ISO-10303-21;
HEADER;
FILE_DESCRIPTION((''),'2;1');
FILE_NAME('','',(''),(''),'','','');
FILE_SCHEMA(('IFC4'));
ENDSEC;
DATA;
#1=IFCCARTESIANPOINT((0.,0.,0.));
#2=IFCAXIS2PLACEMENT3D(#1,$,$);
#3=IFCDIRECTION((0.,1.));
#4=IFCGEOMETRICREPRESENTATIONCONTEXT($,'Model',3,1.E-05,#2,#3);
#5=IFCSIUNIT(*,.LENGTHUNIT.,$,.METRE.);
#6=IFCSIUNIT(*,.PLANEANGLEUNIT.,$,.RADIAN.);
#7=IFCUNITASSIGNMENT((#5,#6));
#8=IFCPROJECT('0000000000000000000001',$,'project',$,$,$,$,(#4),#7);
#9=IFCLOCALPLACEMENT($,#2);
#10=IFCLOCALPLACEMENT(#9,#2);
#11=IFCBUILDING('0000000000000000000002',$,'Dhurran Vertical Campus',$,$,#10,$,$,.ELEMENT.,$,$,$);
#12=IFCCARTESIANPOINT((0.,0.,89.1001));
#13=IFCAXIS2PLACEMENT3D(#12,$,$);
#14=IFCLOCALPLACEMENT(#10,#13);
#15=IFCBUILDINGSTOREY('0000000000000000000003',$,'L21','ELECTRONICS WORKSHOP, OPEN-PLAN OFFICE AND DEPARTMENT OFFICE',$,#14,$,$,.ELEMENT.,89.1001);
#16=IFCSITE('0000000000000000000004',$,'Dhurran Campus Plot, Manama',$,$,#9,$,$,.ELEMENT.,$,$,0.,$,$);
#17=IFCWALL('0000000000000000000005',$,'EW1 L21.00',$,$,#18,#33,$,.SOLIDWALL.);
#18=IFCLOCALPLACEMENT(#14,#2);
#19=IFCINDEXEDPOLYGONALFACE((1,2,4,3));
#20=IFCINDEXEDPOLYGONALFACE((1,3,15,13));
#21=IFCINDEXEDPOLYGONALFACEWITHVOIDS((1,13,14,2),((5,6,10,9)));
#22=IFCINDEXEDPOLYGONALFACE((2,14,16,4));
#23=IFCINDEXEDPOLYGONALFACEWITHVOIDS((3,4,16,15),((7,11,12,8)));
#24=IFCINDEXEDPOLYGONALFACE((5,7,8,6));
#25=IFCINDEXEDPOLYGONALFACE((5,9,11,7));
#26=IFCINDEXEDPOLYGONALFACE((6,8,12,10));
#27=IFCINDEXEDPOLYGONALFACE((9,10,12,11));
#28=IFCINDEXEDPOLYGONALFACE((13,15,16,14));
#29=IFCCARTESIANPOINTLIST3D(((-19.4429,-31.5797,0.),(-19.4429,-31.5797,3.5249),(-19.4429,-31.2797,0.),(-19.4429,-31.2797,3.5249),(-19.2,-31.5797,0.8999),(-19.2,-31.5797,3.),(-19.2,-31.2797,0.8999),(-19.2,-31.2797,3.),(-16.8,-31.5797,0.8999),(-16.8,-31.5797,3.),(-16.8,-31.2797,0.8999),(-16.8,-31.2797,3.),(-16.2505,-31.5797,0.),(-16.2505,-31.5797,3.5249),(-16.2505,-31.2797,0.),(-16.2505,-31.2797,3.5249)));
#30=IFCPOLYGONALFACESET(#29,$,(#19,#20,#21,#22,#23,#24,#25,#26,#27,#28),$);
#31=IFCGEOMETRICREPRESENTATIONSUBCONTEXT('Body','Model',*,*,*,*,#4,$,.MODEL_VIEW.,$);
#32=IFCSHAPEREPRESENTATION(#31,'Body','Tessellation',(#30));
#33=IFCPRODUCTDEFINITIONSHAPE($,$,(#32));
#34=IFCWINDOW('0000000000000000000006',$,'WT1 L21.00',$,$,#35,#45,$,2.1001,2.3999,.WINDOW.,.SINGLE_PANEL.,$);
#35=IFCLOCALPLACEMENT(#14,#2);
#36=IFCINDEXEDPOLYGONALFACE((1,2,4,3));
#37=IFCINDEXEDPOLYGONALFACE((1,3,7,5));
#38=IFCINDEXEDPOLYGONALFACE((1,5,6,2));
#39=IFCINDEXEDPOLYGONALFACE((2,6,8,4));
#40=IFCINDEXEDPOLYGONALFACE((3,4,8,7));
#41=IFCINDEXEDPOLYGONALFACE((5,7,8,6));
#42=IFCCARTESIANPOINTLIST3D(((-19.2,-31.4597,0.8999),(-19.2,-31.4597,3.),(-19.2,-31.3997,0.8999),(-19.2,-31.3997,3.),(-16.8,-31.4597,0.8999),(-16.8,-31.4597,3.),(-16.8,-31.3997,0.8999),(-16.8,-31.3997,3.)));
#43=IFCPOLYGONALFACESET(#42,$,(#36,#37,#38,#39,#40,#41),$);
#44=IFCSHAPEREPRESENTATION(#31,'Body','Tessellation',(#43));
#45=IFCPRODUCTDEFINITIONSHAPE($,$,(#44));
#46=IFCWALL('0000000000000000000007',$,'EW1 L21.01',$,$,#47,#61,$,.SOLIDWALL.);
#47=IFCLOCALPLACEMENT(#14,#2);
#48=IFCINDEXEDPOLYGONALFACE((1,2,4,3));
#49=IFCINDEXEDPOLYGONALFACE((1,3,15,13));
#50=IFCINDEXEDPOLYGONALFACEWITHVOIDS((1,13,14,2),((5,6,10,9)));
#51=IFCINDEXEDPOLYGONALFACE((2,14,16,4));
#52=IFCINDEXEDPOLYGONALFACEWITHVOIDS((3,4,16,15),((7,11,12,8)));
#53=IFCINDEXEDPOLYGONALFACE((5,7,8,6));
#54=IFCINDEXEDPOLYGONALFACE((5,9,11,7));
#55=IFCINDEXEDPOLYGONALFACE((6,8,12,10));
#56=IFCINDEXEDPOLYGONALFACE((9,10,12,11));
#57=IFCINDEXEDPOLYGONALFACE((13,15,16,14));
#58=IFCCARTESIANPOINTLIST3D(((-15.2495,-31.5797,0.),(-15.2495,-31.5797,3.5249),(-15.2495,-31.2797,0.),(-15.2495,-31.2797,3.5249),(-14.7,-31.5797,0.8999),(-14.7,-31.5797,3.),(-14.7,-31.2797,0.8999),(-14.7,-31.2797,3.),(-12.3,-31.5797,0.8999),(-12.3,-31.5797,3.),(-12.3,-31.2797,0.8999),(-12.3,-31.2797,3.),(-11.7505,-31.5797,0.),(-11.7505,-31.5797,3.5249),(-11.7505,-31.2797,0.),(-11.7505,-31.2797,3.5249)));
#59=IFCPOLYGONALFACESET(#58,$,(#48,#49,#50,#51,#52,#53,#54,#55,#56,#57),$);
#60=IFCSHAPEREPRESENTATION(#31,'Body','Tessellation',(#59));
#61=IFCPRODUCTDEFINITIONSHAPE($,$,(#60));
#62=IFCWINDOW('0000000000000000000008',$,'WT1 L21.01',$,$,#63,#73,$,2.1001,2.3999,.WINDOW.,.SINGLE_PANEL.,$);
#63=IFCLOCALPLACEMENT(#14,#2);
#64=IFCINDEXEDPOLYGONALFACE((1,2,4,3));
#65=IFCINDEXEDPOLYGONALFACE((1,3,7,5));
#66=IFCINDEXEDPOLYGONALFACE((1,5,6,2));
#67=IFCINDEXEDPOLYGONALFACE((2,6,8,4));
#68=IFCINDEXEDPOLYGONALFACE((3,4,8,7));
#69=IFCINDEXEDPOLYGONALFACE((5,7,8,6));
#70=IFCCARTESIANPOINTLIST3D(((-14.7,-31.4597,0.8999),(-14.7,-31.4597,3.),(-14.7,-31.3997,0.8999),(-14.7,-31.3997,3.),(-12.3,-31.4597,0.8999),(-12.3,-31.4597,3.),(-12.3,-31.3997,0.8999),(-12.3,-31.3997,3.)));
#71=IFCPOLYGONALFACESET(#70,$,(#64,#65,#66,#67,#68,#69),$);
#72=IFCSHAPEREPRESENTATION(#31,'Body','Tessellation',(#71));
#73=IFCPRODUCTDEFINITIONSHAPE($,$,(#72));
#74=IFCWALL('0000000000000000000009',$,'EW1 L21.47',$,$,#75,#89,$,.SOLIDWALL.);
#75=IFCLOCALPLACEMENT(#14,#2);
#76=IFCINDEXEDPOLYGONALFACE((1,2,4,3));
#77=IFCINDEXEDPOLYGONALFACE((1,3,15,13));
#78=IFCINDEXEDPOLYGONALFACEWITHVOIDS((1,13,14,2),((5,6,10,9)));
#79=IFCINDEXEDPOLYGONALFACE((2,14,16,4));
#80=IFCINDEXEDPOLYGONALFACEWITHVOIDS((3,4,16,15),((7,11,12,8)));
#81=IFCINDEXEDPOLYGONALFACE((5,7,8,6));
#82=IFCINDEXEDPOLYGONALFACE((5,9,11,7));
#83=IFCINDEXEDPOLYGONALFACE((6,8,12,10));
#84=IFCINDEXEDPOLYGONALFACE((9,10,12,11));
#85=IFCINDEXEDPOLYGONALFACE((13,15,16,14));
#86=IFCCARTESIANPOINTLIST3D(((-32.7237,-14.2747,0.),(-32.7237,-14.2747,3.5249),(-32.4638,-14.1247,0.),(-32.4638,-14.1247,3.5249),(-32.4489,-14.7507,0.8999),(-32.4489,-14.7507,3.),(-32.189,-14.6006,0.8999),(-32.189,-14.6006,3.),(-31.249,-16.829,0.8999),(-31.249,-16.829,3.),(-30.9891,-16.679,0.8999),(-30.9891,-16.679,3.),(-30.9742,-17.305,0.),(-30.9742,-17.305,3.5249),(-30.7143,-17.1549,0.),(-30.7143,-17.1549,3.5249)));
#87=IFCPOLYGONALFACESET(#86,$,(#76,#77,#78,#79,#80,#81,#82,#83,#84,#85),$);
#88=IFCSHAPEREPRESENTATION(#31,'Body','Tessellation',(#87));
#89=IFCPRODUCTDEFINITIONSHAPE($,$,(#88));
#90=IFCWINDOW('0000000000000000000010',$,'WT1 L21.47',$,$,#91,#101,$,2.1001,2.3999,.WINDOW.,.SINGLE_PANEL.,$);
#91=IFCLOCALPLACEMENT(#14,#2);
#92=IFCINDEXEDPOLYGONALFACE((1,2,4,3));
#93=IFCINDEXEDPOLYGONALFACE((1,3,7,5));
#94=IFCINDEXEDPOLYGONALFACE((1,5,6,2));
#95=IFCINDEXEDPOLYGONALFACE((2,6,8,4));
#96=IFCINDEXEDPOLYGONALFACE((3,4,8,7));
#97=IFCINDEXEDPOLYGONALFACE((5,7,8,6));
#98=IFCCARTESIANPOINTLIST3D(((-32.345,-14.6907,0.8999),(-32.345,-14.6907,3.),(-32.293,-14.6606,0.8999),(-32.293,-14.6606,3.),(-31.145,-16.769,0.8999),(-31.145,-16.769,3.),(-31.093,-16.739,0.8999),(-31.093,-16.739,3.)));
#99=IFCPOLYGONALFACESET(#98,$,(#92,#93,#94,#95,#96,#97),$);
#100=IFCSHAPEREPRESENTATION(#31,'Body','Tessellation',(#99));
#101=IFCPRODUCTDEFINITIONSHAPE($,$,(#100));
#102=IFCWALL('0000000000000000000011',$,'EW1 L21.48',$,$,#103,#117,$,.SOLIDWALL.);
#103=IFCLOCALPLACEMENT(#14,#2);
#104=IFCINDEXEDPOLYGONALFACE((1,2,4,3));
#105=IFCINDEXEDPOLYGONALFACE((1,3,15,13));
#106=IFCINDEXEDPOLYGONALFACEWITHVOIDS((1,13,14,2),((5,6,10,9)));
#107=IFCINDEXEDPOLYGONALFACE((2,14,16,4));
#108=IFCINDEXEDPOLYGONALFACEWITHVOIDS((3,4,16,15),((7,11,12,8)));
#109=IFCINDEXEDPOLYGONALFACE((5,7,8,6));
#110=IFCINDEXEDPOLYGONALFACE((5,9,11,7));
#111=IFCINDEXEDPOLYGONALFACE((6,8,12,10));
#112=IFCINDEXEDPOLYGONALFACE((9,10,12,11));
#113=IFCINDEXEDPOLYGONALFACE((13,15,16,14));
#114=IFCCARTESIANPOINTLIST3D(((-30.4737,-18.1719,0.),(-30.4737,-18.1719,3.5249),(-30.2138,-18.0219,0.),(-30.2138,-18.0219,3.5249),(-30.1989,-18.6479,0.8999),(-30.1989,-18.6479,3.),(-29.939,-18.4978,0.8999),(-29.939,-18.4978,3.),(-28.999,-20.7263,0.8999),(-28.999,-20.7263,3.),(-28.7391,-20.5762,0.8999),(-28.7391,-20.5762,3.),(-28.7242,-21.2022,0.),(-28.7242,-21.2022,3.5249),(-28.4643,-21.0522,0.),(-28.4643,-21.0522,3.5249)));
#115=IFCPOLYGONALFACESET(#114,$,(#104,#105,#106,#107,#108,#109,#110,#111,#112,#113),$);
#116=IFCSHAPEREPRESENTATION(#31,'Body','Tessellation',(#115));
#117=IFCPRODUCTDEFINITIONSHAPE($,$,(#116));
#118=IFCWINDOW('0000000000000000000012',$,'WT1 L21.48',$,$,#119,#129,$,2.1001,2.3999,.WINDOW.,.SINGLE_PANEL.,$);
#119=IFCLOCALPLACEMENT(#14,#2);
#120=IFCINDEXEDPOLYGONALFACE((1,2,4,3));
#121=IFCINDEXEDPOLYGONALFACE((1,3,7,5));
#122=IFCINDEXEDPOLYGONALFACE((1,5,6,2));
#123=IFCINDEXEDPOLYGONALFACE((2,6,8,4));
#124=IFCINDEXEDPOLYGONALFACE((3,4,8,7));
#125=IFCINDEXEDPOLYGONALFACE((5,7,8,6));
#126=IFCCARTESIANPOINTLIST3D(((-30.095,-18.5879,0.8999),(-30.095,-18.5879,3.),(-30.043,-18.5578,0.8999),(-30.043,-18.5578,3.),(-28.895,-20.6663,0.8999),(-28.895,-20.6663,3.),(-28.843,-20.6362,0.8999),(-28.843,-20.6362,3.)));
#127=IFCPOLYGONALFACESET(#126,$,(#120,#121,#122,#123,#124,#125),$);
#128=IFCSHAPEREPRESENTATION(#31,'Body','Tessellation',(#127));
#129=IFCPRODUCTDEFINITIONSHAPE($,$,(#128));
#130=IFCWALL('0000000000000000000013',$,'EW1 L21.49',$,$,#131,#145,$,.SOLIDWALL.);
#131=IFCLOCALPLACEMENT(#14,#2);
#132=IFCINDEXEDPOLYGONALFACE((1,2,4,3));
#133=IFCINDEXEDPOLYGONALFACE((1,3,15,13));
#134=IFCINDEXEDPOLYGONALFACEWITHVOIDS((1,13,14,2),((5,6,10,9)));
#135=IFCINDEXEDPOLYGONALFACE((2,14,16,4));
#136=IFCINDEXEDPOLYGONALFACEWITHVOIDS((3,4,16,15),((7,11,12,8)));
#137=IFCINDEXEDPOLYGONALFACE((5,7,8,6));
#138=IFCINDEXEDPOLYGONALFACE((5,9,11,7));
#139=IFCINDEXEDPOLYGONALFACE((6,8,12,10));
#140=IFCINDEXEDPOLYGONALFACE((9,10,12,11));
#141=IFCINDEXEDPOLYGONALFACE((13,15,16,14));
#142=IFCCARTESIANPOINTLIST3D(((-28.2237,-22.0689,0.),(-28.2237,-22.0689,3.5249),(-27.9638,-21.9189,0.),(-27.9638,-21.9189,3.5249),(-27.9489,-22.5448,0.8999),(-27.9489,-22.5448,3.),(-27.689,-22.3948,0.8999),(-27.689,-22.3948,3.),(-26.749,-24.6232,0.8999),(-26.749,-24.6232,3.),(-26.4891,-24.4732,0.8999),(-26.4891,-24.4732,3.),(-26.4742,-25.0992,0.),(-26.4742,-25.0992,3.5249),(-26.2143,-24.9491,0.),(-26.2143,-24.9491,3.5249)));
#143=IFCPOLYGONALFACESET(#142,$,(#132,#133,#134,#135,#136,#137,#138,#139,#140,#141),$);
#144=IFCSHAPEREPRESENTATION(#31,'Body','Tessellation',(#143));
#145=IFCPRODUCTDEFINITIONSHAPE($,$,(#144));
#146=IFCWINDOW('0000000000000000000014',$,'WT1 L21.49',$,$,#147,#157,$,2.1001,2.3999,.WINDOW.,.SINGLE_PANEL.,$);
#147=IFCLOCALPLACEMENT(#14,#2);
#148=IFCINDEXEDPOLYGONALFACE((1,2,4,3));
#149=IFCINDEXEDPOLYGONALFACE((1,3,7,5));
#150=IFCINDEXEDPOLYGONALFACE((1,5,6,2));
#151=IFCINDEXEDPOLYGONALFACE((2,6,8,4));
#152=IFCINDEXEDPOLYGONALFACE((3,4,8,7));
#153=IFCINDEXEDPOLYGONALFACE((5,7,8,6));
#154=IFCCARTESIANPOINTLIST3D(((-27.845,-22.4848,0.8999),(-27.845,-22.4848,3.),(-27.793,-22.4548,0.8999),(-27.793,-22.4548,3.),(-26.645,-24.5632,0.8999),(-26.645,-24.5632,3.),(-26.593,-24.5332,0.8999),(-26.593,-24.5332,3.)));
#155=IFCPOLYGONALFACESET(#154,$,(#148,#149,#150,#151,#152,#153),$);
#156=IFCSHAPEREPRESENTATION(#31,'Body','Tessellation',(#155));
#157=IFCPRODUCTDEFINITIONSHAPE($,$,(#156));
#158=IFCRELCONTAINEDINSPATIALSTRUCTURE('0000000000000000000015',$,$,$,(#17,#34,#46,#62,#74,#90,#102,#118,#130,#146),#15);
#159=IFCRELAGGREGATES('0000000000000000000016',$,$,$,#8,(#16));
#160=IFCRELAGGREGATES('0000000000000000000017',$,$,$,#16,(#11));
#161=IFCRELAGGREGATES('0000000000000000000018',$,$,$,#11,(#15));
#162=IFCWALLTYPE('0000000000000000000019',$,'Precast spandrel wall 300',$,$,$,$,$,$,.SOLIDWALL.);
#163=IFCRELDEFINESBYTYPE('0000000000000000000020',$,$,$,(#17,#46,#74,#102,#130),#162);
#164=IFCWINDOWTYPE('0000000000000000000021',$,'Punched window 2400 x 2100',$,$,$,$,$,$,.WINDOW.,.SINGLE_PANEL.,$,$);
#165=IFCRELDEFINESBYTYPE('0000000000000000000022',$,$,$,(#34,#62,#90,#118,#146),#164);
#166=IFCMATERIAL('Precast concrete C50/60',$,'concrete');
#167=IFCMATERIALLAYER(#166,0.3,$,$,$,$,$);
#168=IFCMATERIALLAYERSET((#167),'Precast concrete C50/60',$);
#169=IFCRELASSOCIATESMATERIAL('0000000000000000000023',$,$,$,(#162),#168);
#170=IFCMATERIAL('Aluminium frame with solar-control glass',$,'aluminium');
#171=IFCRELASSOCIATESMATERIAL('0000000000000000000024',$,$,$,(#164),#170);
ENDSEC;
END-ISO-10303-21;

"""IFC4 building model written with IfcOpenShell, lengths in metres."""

from ifc_helpers import new_model, si_unit, direction, frame, frame_2d, origin, place, context, subcontext, project, spatial, rectangle, extrude, material, layer, layer_set, type_object, element, fill, save


model = new_model("IFC4")

# Units and contexts
model_context = context("Model", 3, precision=1e-05, world=origin(), true_north=direction((0.0, 1.0)))
body_context = subcontext(model_context, "Body", "Model", "MODEL_VIEW")
ifc_project = project(units=[si_unit("LENGTHUNIT", "METRE"), si_unit("PLANEANGLEUNIT", "RADIAN")], contexts=[model_context])

# Site, building, storey
site_placement = place(None, origin())
site = spatial("IfcSite", under=ifc_project, at=site_placement, Name="Dhurran Campus Plot, Manama", CompositionType="ELEMENT", RefElevation=0.0)
building_placement = place(site_placement, origin())
building = spatial("IfcBuilding", under=site, at=building_placement, Name="Dhurran Vertical Campus", CompositionType="ELEMENT")
storey_placement = place(building_placement, frame((0.0, 0.0, 89.1001)))
storey = spatial("IfcBuildingStorey", under=building, at=storey_placement, Name="L21", Description="ELECTRONICS WORKSHOP, OPEN-PLAN OFFICE AND DEPARTMENT OFFICE", CompositionType="ELEMENT", Elevation=89.1001)

# Walls, openings, windows
ifc_material_1 = material(Name="Precast concrete C50/60", Category="concrete")
ifc_layer_1 = layer(ifc_material_1, 0.3)
ifc_layer_set_1 = layer_set([ifc_layer_1], Name="Precast concrete C50/60")
wall_type_1 = type_object("IfcWallType", Name="Precast spandrel wall 300", PredefinedType="SOLIDWALL", material=ifc_layer_set_1)
wall_1_placement = place(storey_placement, frame((-19.4429, -31.4297, 0.0), z_axis=(0.0, 0.0, 1.0), x_axis=(1.0, 0.0, 0.0)))
wall_1 = element("IfcWall", 1, at=wall_1_placement, inside=storey, type_object=wall_type_1, Name="EW1 L21.00", PredefinedType="SOLIDWALL", context=body_context, shape_type="SweptSolid", body=[
    extrude(rectangle(XDim=3.1924, YDim=0.3, at=frame_2d((1.5962, 0.0))), origin(), (0.0, 0.0, 1.0), 3.5249),
])
opening_1_placement = place(wall_1_placement, frame((0.2429, 0.0, 0.8999)))
opening_1 = element("IfcOpeningElement", 2, at=opening_1_placement, cuts=wall_1, PredefinedType="OPENING", context=body_context, shape_type="SweptSolid", body=[
    extrude(rectangle(XDim=2.3999, YDim=2.1001, at=frame_2d((1.2, 1.05))), frame((0.0, 0.1599, 0.0), z_axis=(0.0, -1.0, 0.0), x_axis=(1.0, 0.0, 0.0)), (0.0, 0.0, 1.0), 0.3201),
])
ifc_material_2 = material(Name="Aluminium frame with solar-control glass", Category="aluminium")
window_type = type_object("IfcWindowType", Name="Punched window 2400 x 2100", PartitioningType="SINGLE_PANEL", PredefinedType="WINDOW", material=ifc_material_2)
window_1_placement = place(opening_1_placement, origin())
window_1 = element("IfcWindow", 3, at=window_1_placement, inside=storey, type_object=window_type, Name="WT1 L21.00", OverallHeight=2.1001, OverallWidth=2.3999, PartitioningType="SINGLE_PANEL", PredefinedType="WINDOW", context=body_context, shape_type="SweptSolid", body=[
    extrude(rectangle(XDim=2.3999, YDim=2.1001, at=frame_2d((1.2, 1.05))), frame((0.0, 0.03, 0.0), z_axis=(0.0, -1.0, 0.0), x_axis=(1.0, 0.0, 0.0)), (0.0, 0.0, 1.0), 0.0601),
])
fill(opening_1, window_1)
wall_2_placement = place(storey_placement, frame((-15.2495, -31.4297, 0.0), z_axis=(0.0, 0.0, 1.0), x_axis=(1.0, 0.0, 0.0)))
wall_2 = element("IfcWall", 4, at=wall_2_placement, inside=storey, type_object=wall_type_1, Name="EW1 L21.01", PredefinedType="SOLIDWALL", context=body_context, shape_type="SweptSolid", body=[
    extrude(rectangle(XDim=3.499, YDim=0.3, at=frame_2d((1.7495, 0.0))), origin(), (0.0, 0.0, 1.0), 3.5249),
])
opening_2_placement = place(wall_2_placement, frame((0.5496, 0.0, 0.8999)))
opening_2 = element("IfcOpeningElement", 5, at=opening_2_placement, cuts=wall_2, PredefinedType="OPENING", context=body_context, shape_type="SweptSolid", body=[
    extrude(rectangle(XDim=2.3999, YDim=2.1001, at=frame_2d((1.2, 1.05))), frame((0.0, 0.1599, 0.0), z_axis=(0.0, -1.0, 0.0), x_axis=(1.0, 0.0, 0.0)), (0.0, 0.0, 1.0), 0.3201),
])
window_2_placement = place(opening_2_placement, origin())
window_2 = element("IfcWindow", 6, at=window_2_placement, inside=storey, type_object=window_type, Name="WT1 L21.01", OverallHeight=2.1001, OverallWidth=2.3999, PartitioningType="SINGLE_PANEL", PredefinedType="WINDOW", context=body_context, shape_type="SweptSolid", body=[
    extrude(rectangle(XDim=2.3999, YDim=2.1001, at=frame_2d((1.2, 1.05))), frame((0.0, 0.03, 0.0), z_axis=(0.0, -1.0, 0.0), x_axis=(1.0, 0.0, 0.0)), (0.0, 0.0, 1.0), 0.0601),
])
fill(opening_2, window_2)
wall_3_placement = place(storey_placement, frame((-32.5938, -14.1997, 0.0), z_axis=(0.0, 0.0, 1.0), x_axis=(0.499996, -0.866028, 0.0)))
wall_3 = element("IfcWall", 7, at=wall_3_placement, inside=storey, type_object=wall_type_1, Name="EW1 L21.47", PredefinedType="SOLIDWALL", context=body_context, shape_type="SweptSolid", body=[
    extrude(rectangle(XDim=3.499, YDim=0.3, at=frame_2d((1.7495, 0.0))), origin(), (0.0, 0.0, 1.0), 3.5249),
])
opening_3_placement = place(wall_3_placement, frame((0.5496, 0.0, 0.8999)))
opening_3 = element("IfcOpeningElement", 8, at=opening_3_placement, cuts=wall_3, PredefinedType="OPENING", context=body_context, shape_type="SweptSolid", body=[
    extrude(rectangle(XDim=2.3999, YDim=2.1001, at=frame_2d((1.2, 1.05))), frame((0.0, 0.1599, 0.0), z_axis=(0.0, -1.0, 0.0), x_axis=(1.0, 0.0, 0.0)), (0.0, 0.0, 1.0), 0.3201),
])
window_3_placement = place(opening_3_placement, origin())
window_3 = element("IfcWindow", 9, at=window_3_placement, inside=storey, type_object=window_type, Name="WT1 L21.47", OverallHeight=2.1001, OverallWidth=2.3999, PartitioningType="SINGLE_PANEL", PredefinedType="WINDOW", context=body_context, shape_type="SweptSolid", body=[
    extrude(rectangle(XDim=2.3999, YDim=2.1001, at=frame_2d((1.2, 1.05))), frame((0.0, 0.03, 0.0), z_axis=(0.0, -1.0, 0.0), x_axis=(1.0, 0.0, 0.0)), (0.0, 0.0, 1.0), 0.0601),
])
fill(opening_3, window_3)
wall_4_placement = place(storey_placement, frame((-30.3438, -18.0969, 0.0), z_axis=(0.0, 0.0, 1.0), x_axis=(0.499996, -0.866028, 0.0)))
wall_4 = element("IfcWall", 10, at=wall_4_placement, inside=storey, type_object=wall_type_1, Name="EW1 L21.48", PredefinedType="SOLIDWALL", context=body_context, shape_type="SweptSolid", body=[
    extrude(rectangle(XDim=3.499, YDim=0.3, at=frame_2d((1.7495, 0.0))), origin(), (0.0, 0.0, 1.0), 3.5249),
])
opening_4_placement = place(wall_4_placement, frame((0.5496, 0.0, 0.8999)))
opening_4 = element("IfcOpeningElement", 11, at=opening_4_placement, cuts=wall_4, PredefinedType="OPENING", context=body_context, shape_type="SweptSolid", body=[
    extrude(rectangle(XDim=2.3999, YDim=2.1001, at=frame_2d((1.2, 1.05))), frame((0.0, 0.1599, 0.0), z_axis=(0.0, -1.0, 0.0), x_axis=(1.0, 0.0, 0.0)), (0.0, 0.0, 1.0), 0.3201),
])
window_4_placement = place(opening_4_placement, origin())
window_4 = element("IfcWindow", 12, at=window_4_placement, inside=storey, type_object=window_type, Name="WT1 L21.48", OverallHeight=2.1001, OverallWidth=2.3999, PartitioningType="SINGLE_PANEL", PredefinedType="WINDOW", context=body_context, shape_type="SweptSolid", body=[
    extrude(rectangle(XDim=2.3999, YDim=2.1001, at=frame_2d((1.2, 1.05))), frame((0.0, 0.03, 0.0), z_axis=(0.0, -1.0, 0.0), x_axis=(1.0, 0.0, 0.0)), (0.0, 0.0, 1.0), 0.0601),
])
fill(opening_4, window_4)
wall_5_placement = place(storey_placement, frame((-28.0938, -21.9939, 0.0), z_axis=(0.0, 0.0, 1.0), x_axis=(0.499996, -0.866028, 0.0)))
wall_5 = element("IfcWall", 13, at=wall_5_placement, inside=storey, type_object=wall_type_1, Name="EW1 L21.49", PredefinedType="SOLIDWALL", context=body_context, shape_type="SweptSolid", body=[
    extrude(rectangle(XDim=3.499, YDim=0.3, at=frame_2d((1.7495, 0.0))), origin(), (0.0, 0.0, 1.0), 3.5249),
])
opening_5_placement = place(wall_5_placement, frame((0.5496, 0.0, 0.8999)))
opening_5 = element("IfcOpeningElement", 14, at=opening_5_placement, cuts=wall_5, PredefinedType="OPENING", context=body_context, shape_type="SweptSolid", body=[
    extrude(rectangle(XDim=2.3999, YDim=2.1001, at=frame_2d((1.2, 1.05))), frame((0.0, 0.1599, 0.0), z_axis=(0.0, -1.0, 0.0), x_axis=(1.0, 0.0, 0.0)), (0.0, 0.0, 1.0), 0.3201),
])
window_5_placement = place(opening_5_placement, origin())
window_5 = element("IfcWindow", 15, at=window_5_placement, inside=storey, type_object=window_type, Name="WT1 L21.49", OverallHeight=2.1001, OverallWidth=2.3999, PartitioningType="SINGLE_PANEL", PredefinedType="WINDOW", context=body_context, shape_type="SweptSolid", body=[
    extrude(rectangle(XDim=2.3999, YDim=2.1001, at=frame_2d((1.2, 1.05))), frame((0.0, 0.03, 0.0), z_axis=(0.0, -1.0, 0.0), x_axis=(1.0, 0.0, 0.0)), (0.0, 0.0, 1.0), 0.0601),
])
fill(opening_5, window_5)

save(model, "model.ifc")
